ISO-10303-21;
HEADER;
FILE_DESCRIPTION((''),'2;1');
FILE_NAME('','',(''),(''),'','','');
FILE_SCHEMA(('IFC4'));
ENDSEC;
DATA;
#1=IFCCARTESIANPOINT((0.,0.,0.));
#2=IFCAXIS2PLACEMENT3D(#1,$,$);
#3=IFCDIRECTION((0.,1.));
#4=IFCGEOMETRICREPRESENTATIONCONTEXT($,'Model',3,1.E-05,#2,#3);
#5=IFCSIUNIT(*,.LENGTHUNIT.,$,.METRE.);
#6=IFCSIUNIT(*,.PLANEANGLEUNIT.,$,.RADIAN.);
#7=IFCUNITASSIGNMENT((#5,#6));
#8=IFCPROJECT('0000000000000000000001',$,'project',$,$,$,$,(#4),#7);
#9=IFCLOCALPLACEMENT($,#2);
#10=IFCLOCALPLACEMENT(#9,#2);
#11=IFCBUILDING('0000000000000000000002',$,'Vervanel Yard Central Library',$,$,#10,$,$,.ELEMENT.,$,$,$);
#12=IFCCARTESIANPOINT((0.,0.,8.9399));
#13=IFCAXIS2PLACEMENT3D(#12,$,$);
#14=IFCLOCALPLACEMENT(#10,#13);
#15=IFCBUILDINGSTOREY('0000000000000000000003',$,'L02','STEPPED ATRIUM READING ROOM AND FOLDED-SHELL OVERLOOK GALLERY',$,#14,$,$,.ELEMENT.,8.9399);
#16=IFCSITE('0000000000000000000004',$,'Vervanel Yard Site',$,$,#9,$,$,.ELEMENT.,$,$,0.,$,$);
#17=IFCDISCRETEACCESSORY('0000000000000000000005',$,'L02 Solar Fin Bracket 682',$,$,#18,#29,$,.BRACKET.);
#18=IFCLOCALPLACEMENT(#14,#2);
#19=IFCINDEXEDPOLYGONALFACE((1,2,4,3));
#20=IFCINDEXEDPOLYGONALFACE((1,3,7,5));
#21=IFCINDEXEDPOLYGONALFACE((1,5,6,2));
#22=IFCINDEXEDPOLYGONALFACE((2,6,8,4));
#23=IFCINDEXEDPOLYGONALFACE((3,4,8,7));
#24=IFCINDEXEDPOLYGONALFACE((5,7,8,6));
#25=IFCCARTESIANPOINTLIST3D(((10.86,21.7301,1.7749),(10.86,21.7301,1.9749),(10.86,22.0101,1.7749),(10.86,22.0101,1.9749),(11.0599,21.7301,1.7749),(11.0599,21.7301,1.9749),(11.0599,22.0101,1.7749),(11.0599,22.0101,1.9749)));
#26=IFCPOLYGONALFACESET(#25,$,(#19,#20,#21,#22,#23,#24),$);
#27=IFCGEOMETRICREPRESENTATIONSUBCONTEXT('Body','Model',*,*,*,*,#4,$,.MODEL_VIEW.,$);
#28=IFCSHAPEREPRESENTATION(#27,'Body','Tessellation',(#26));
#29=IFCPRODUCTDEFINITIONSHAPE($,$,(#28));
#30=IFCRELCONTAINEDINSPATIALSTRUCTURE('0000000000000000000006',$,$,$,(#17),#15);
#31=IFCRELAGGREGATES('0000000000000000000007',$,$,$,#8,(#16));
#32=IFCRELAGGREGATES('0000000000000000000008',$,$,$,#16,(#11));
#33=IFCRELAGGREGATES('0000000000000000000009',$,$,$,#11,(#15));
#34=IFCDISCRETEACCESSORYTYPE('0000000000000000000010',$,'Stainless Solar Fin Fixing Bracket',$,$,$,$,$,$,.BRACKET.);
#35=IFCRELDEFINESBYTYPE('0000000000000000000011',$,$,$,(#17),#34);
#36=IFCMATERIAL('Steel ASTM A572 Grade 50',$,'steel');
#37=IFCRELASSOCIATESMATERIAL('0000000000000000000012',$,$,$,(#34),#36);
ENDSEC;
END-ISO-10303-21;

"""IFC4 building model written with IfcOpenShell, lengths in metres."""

from ifc_helpers import new_model, si_unit, direction, frame, origin, origin_2d, place, context, subcontext, project, spatial, rectangle, extrude, material, type_object, element, save


model = new_model("IFC4")

# Units and contexts
model_context = context("Model", 3, precision=1e-05, world=origin(), true_north=direction((0.0, 1.0)))
body_context = subcontext(model_context, "Body", "Model", "MODEL_VIEW")
ifc_project = project(units=[si_unit("LENGTHUNIT", "METRE"), si_unit("PLANEANGLEUNIT", "RADIAN")], contexts=[model_context])

# Site, building, storey
site_placement = place(None, origin())
site = spatial("IfcSite", under=ifc_project, at=site_placement, Name="Vervanel Yard Site", CompositionType="ELEMENT", RefElevation=0.0)
building_placement = place(site_placement, origin())
building = spatial("IfcBuilding", under=site, at=building_placement, Name="Vervanel Yard Central Library", CompositionType="ELEMENT")
storey_placement = place(building_placement, frame((0.0, 0.0, 8.9399)))
storey = spatial("IfcBuildingStorey", under=building, at=storey_placement, Name="L02", Description="STEPPED ATRIUM READING ROOM AND FOLDED-SHELL OVERLOOK GALLERY", CompositionType="ELEMENT", Elevation=8.9399)

# Discrete accessory
ifc_material_1 = material(Name="Steel ASTM A572 Grade 50", Category="steel")
discrete_accessory_type = type_object("IfcDiscreteAccessoryType", Name="Stainless Solar Fin Fixing Bracket", PredefinedType="BRACKET", material=ifc_material_1)
for number, where, z_axis, x_axis, name in (
    (1, (10.96, 21.8701, 1.7749), (0.0, 0.0, 1.0), (1.0, 0.0, 0.0), "L02 Solar Fin Bracket 682"),
):
    element("IfcDiscreteAccessory", number, at=place(storey_placement, frame(where, z_axis=z_axis, x_axis=x_axis)), inside=storey, type_object=discrete_accessory_type, Name=name, PredefinedType="BRACKET", context=body_context, shape_type="SweptSolid", body=[
        extrude(rectangle(XDim=0.2, YDim=0.28, at=origin_2d()), origin(), (0.0, 0.0, 1.0), 0.2),
    ])

save(model, "model.ifc")
